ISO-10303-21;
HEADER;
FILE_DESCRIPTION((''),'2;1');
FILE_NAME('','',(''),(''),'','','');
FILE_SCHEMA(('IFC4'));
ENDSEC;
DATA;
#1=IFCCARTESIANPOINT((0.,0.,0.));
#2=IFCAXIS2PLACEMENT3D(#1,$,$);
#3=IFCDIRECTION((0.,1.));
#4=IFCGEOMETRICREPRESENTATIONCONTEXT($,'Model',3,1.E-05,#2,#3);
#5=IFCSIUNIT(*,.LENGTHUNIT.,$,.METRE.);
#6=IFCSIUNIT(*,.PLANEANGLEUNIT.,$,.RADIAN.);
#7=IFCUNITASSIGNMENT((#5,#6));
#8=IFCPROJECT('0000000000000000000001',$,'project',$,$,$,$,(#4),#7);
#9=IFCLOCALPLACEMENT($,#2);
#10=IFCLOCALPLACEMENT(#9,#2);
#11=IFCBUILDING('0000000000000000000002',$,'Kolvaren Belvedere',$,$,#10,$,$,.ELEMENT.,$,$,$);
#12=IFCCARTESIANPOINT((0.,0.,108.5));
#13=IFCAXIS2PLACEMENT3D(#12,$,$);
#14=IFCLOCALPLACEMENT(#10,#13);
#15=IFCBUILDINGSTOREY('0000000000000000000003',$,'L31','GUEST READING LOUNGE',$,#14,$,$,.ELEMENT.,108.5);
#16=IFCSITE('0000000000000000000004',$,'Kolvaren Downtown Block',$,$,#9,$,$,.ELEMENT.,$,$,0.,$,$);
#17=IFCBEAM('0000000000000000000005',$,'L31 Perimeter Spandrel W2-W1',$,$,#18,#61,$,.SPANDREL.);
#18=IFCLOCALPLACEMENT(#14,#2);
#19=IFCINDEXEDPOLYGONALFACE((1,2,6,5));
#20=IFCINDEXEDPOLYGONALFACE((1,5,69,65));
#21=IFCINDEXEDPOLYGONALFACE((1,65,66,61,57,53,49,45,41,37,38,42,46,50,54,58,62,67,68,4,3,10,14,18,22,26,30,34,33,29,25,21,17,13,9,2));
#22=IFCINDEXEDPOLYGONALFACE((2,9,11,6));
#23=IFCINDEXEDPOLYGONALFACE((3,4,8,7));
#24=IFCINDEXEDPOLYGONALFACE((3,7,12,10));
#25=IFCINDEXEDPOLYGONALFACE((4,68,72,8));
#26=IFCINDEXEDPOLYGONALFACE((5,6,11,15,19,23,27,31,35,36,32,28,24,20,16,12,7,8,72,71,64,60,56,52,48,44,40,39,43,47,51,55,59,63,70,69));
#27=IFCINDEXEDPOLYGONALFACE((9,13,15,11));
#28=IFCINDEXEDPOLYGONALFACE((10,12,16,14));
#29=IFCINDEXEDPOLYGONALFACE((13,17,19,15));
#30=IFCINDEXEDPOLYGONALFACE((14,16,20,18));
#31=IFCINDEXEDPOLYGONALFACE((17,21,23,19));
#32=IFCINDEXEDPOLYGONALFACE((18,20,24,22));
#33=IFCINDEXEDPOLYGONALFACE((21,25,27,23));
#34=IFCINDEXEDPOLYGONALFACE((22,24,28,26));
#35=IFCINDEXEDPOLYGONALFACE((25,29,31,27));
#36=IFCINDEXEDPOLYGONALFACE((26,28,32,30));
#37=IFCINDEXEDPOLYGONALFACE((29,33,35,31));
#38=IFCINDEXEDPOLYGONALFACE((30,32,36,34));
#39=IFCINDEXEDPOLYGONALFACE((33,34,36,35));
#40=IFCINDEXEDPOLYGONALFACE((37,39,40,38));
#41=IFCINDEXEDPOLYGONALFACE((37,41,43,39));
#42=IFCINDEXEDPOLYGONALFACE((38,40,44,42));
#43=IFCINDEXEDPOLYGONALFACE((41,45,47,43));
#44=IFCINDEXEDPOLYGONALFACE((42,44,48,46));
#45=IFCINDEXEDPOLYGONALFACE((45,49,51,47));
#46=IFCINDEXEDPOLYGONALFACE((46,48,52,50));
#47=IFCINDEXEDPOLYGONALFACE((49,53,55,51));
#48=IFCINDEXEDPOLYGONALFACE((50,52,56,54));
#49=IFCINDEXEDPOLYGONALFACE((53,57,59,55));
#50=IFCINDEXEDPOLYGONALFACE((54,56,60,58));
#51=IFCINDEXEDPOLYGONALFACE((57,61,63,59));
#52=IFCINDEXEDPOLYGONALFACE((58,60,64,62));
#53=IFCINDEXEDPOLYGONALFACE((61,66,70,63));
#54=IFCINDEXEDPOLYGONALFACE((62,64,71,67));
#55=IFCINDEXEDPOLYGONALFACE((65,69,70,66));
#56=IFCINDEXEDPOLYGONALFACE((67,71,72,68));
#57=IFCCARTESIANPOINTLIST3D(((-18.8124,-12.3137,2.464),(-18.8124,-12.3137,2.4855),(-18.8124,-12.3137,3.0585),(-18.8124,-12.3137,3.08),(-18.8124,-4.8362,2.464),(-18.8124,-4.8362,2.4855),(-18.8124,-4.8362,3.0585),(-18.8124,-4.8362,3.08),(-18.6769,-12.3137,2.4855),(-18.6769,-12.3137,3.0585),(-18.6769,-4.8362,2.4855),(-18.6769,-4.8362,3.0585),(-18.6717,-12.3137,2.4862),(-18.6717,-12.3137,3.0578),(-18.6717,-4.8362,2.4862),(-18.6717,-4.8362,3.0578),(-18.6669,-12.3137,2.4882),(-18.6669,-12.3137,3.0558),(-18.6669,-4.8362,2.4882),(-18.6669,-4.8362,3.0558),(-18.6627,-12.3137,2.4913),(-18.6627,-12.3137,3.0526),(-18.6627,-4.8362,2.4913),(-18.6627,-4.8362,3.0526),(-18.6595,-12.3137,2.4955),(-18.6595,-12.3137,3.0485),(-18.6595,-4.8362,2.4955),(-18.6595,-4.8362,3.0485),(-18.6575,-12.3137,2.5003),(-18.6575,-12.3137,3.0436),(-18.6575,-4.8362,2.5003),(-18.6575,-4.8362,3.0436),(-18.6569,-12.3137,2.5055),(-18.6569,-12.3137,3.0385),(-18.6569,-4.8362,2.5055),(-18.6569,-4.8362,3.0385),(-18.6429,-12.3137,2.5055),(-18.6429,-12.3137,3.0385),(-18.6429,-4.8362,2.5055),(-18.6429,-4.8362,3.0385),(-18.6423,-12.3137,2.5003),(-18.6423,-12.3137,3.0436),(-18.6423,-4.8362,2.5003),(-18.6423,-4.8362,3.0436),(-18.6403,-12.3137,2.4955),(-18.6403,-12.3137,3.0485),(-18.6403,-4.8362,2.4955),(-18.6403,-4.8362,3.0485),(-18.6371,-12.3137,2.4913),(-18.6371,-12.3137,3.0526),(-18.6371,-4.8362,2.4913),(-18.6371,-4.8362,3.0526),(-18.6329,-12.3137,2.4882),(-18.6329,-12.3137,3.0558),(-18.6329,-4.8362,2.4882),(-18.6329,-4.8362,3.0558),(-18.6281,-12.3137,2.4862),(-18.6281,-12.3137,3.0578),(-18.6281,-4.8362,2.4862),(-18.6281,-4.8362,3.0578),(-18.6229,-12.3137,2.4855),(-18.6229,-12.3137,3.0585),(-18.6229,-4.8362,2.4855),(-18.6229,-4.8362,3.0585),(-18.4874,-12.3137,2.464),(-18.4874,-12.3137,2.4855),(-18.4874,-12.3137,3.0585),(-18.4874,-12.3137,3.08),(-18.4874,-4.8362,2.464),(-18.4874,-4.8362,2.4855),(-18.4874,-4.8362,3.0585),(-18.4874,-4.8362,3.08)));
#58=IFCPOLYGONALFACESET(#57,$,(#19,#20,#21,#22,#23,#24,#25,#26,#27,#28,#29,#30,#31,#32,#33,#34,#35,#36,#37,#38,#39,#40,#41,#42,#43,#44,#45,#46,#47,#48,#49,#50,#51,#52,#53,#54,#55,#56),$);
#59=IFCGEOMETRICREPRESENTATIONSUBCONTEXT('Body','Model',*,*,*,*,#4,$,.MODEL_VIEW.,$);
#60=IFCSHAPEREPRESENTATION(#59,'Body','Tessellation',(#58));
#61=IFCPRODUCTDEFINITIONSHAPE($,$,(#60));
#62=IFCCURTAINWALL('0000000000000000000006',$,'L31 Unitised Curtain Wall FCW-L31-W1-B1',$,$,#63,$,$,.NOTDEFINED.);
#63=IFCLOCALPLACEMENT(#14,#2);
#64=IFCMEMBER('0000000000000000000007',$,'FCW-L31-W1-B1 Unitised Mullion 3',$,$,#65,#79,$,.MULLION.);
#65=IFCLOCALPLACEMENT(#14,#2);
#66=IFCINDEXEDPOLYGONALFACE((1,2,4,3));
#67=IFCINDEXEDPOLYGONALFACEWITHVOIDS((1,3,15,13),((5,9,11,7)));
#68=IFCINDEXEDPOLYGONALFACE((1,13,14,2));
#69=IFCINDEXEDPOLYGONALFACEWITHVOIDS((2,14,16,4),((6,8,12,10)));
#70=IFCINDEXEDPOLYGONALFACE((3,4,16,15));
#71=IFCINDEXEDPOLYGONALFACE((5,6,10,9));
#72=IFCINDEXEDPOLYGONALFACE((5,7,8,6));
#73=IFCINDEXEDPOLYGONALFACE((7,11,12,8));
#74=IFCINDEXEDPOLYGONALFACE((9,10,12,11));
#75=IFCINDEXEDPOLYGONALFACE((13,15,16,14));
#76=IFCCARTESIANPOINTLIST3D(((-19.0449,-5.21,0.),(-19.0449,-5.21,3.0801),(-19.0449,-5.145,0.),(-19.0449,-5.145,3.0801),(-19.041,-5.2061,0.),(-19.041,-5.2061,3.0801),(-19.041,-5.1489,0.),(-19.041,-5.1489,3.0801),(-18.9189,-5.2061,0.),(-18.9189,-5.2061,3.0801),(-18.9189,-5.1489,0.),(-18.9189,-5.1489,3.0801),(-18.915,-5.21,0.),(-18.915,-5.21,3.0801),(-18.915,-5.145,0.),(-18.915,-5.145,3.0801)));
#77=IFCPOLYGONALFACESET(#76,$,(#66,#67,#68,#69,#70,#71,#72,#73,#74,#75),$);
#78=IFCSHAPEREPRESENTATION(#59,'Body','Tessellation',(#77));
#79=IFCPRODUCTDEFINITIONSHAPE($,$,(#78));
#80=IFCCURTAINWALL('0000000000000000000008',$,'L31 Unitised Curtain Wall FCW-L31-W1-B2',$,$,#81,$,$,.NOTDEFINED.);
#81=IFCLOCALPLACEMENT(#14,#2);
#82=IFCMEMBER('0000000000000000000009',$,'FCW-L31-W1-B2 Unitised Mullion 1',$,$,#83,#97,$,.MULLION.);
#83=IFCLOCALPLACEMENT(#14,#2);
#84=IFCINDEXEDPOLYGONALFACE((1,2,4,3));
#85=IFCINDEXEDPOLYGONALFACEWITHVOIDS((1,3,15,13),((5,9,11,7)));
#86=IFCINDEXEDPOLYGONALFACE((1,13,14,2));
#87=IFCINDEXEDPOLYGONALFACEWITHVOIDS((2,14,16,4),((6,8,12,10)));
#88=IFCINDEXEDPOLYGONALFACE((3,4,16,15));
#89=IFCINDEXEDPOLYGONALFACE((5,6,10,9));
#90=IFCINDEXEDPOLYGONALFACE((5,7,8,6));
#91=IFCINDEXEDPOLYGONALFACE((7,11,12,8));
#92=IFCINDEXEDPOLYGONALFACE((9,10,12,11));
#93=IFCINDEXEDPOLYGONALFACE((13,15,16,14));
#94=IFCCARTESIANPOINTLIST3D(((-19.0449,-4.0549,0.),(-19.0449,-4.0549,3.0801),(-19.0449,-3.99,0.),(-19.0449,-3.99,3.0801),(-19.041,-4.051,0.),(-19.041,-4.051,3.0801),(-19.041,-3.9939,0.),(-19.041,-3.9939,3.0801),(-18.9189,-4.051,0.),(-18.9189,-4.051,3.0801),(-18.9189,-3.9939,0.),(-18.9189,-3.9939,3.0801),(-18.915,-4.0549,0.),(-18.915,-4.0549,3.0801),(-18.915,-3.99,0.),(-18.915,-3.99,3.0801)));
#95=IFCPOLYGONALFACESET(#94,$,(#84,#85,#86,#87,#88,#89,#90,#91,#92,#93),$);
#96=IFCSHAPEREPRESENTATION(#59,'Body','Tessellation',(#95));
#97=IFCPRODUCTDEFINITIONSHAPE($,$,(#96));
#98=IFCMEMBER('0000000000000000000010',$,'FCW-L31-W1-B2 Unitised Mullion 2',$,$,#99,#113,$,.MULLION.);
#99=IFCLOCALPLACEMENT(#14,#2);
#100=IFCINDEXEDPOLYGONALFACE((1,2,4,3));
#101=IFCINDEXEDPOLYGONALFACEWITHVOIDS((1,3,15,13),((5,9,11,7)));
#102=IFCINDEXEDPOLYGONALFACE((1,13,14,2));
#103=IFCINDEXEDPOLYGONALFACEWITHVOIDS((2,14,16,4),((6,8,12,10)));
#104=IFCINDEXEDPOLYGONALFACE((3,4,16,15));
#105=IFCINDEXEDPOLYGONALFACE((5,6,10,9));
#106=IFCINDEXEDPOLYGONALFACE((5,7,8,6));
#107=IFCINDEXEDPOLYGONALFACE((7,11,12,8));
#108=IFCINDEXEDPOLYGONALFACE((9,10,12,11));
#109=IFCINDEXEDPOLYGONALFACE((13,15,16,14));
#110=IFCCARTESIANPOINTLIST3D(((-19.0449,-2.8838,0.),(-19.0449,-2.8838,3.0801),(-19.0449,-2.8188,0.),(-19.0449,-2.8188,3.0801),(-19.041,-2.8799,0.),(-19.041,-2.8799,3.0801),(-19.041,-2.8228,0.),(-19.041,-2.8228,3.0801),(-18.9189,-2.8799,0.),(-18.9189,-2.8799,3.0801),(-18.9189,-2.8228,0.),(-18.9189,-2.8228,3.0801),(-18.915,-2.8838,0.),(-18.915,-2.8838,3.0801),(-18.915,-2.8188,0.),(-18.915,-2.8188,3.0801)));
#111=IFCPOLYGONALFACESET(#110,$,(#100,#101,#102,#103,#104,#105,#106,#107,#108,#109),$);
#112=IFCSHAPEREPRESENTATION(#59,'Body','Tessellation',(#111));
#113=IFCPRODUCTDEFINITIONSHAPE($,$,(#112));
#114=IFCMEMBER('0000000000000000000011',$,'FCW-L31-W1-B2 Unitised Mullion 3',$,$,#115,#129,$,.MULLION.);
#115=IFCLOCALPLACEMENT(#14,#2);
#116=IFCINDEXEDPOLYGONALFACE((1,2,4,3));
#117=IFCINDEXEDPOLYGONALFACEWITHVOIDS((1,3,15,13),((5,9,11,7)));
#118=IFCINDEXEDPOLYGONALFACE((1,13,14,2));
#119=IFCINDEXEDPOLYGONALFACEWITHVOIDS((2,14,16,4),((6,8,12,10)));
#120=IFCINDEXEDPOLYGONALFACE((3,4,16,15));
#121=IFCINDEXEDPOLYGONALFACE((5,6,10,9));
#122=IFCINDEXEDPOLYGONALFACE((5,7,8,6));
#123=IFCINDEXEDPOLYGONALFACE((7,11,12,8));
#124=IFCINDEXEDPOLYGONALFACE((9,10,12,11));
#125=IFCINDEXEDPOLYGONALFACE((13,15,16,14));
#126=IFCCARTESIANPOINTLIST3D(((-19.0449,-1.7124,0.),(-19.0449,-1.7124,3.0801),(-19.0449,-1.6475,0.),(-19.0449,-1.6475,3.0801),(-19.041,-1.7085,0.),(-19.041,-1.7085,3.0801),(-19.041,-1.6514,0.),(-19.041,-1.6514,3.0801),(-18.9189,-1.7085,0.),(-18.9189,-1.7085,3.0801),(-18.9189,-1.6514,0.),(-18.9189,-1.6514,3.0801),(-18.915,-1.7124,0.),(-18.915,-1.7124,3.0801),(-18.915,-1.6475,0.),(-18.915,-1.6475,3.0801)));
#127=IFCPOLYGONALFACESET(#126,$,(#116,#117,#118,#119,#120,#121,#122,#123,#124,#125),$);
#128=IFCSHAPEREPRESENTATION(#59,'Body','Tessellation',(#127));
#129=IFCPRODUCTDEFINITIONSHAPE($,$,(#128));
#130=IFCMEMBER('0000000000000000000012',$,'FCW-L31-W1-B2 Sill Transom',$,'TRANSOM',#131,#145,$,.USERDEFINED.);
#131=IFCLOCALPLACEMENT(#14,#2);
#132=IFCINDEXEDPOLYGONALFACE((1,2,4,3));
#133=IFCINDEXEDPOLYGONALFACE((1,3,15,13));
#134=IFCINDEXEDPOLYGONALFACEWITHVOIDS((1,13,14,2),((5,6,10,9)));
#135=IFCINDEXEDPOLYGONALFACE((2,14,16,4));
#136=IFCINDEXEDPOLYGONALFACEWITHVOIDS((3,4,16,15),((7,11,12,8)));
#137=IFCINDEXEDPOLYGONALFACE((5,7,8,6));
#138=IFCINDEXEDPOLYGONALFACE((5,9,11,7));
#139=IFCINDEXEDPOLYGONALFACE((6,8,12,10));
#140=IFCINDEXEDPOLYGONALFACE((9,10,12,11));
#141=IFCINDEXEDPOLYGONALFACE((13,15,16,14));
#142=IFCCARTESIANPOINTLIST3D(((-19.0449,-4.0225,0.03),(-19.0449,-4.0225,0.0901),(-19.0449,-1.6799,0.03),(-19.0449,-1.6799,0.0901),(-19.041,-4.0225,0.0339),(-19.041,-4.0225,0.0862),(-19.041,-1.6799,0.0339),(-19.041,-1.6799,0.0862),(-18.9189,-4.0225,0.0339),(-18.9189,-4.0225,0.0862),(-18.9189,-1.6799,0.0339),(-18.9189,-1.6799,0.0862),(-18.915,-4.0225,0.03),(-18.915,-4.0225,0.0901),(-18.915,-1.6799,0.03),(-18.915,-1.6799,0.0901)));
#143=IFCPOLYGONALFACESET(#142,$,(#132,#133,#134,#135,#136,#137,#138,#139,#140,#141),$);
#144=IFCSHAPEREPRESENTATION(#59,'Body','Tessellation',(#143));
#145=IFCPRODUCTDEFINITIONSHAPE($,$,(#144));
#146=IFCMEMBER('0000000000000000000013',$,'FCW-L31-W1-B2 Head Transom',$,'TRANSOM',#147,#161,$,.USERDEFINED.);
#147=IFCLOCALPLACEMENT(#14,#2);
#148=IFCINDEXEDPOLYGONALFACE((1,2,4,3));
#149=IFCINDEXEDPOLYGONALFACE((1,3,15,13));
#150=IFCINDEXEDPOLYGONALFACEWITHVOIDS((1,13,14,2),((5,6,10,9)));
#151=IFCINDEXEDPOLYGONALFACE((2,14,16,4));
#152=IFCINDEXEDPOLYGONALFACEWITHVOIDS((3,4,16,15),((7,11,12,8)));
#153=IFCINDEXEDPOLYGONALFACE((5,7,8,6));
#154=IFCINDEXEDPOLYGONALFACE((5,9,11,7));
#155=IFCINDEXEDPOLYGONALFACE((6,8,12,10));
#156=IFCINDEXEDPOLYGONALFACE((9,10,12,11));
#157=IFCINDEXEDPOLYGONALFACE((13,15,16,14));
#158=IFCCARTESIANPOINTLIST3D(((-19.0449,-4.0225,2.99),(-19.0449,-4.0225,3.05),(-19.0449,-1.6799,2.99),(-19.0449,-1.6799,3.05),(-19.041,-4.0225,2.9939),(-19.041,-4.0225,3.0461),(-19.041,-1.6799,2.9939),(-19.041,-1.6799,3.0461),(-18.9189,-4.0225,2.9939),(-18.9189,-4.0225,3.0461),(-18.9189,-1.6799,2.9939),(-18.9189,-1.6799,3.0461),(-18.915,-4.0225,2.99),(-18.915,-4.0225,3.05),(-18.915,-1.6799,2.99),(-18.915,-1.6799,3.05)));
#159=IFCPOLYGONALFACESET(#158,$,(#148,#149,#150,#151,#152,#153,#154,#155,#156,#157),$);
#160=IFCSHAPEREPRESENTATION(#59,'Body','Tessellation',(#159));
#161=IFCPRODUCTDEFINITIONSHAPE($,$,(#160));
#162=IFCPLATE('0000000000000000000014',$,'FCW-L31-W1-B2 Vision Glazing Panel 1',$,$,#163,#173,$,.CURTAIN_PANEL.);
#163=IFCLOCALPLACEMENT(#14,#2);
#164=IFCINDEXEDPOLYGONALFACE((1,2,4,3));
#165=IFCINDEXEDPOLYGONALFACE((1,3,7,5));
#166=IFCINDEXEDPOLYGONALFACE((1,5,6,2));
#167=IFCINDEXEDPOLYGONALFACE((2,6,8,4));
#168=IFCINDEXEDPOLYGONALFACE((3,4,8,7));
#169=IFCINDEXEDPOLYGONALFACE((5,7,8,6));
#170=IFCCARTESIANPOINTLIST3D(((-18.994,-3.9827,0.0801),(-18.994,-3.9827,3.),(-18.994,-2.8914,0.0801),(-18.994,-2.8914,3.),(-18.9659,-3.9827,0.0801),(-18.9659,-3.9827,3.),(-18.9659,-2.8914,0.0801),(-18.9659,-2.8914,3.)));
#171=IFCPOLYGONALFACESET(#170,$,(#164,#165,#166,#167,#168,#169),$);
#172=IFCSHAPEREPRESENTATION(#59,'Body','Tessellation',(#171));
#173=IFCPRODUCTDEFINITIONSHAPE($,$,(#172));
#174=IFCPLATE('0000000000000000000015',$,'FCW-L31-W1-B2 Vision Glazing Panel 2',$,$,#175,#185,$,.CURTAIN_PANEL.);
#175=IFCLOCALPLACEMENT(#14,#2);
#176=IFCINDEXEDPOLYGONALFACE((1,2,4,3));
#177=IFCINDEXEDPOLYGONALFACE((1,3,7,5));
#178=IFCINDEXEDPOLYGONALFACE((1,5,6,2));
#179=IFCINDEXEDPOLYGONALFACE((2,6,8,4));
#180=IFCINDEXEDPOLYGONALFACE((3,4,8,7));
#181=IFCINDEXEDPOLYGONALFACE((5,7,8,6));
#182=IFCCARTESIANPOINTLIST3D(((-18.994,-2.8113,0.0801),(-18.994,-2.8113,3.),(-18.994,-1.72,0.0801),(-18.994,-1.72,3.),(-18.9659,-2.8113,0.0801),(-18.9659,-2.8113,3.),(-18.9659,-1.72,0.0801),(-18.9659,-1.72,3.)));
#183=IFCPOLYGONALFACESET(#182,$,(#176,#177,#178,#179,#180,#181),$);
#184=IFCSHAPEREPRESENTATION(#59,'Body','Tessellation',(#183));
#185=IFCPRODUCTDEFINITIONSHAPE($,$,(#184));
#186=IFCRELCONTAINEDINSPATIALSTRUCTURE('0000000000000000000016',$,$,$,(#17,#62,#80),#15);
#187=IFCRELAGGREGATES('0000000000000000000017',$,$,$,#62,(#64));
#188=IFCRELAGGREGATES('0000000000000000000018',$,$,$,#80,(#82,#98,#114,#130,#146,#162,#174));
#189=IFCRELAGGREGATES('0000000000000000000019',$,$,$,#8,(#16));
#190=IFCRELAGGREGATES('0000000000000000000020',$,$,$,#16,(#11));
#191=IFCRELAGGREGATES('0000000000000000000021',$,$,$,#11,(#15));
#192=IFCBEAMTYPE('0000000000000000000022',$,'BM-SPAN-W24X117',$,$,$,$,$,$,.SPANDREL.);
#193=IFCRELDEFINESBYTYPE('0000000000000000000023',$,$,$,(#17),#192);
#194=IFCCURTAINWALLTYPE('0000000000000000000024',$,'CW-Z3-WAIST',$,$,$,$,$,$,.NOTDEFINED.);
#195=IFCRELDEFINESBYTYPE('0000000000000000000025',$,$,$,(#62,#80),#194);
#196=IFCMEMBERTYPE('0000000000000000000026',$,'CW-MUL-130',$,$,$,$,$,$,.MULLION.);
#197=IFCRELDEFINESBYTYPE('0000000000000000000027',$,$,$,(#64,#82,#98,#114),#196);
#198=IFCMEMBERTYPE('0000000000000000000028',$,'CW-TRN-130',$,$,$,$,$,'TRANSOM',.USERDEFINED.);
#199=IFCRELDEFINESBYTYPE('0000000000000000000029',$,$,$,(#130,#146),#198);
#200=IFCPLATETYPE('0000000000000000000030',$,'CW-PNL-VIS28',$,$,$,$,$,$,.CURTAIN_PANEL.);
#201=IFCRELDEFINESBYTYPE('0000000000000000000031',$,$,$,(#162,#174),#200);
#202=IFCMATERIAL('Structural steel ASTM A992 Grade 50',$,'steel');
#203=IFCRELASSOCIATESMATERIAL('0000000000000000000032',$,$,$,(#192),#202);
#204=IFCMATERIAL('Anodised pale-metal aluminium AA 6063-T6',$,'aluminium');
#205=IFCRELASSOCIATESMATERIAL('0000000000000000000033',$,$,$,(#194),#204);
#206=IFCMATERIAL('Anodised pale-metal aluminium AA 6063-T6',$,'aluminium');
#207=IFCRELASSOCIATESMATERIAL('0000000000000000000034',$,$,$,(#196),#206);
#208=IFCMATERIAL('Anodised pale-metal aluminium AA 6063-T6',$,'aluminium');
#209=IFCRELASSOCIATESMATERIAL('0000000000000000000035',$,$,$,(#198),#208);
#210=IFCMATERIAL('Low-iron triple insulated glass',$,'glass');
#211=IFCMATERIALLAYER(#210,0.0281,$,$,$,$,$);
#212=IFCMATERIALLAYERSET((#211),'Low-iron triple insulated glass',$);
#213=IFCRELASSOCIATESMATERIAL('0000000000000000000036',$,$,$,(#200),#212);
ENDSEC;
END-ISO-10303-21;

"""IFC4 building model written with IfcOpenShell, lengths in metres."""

from ifc_helpers import new_model, si_unit, direction, frame, origin, origin_2d, place, context, subcontext, project, spatial, rectangle, hollow_rectangle, i_section, extrude, material, layer, layer_set, material_profile, profile_set, type_object, element, aggregate, save


model = new_model("IFC4")

# Units and contexts
model_context = context("Model", 3, precision=1e-05, world=origin(), true_north=direction((0.0, 1.0)))
body_context = subcontext(model_context, "Body", "Model", "MODEL_VIEW")
ifc_project = project(units=[si_unit("LENGTHUNIT", "METRE"), si_unit("PLANEANGLEUNIT", "RADIAN")], contexts=[model_context])

# Site, building, storey
site_placement = place(None, origin())
site = spatial("IfcSite", under=ifc_project, at=site_placement, Name="Kolvaren Downtown Block", CompositionType="ELEMENT", RefElevation=0.0)
building_placement = place(site_placement, origin())
building = spatial("IfcBuilding", under=site, at=building_placement, Name="Kolvaren Belvedere", CompositionType="ELEMENT")
storey_placement = place(building_placement, frame((0.0, 0.0, 108.5)))
storey = spatial("IfcBuildingStorey", under=building, at=storey_placement, Name="L31", Description="GUEST READING LOUNGE", CompositionType="ELEMENT", Elevation=108.5)

# Beam
ifc_material_1 = material(Name="Structural steel ASTM A992 Grade 50", Category="steel")
ifc_material_profile_1 = material_profile(ifc_material_1, i_section(OverallWidth=0.325, OverallDepth=0.616, WebThickness=0.0139, FlangeThickness=0.0215, FilletRadius=0.02, at=origin_2d()), Name="W24X117")
ifc_profile_set_1 = profile_set([ifc_material_profile_1], Name="Structural steel ASTM A992 Grade 50")
beam_type_1 = type_object("IfcBeamType", Name="BM-SPAN-W24X117", PredefinedType="SPANDREL", material=ifc_profile_set_1)
beam_1_placement = place(storey_placement, frame((-18.6499, -4.8362, 2.772), z_axis=(0.0, -1.0, 0.0), x_axis=(1.0, 0.0, 0.0)))
element("IfcBeam", 1, at=beam_1_placement, inside=storey, type_object=beam_type_1, Name="L31 Perimeter Spandrel W2-W1", PredefinedType="SPANDREL", context=body_context, shape_type="SweptSolid", body=[
    extrude(i_section(OverallWidth=0.325, OverallDepth=0.616, WebThickness=0.0139, FlangeThickness=0.0215, FilletRadius=0.02, at=origin_2d()), origin(), (0.0, 0.0, 1.0), 7.4775),
])

# Curtain wall, member
ifc_material_2 = material(Name="Anodised pale-metal aluminium AA 6063-T6", Category="aluminium")
curtain_wall_type = type_object("IfcCurtainWallType", Name="CW-Z3-WAIST", PredefinedType="NOTDEFINED", material=ifc_material_2)
curtain_wall_1_placement = place(storey_placement, origin())
curtain_wall_1 = element("IfcCurtainWall", 2, at=curtain_wall_1_placement, inside=storey, type_object=curtain_wall_type, Name="L31 Unitised Curtain Wall FCW-L31-W1-B1", PredefinedType="NOTDEFINED")
ifc_material_3 = material(Name="Anodised pale-metal aluminium AA 6063-T6", Category="aluminium")
ifc_material_profile_2 = material_profile(ifc_material_3, hollow_rectangle(XDim=0.0649, YDim=0.1299, WallThickness=0.0039, at=origin_2d()), Name="ALU-MUL-130X65")
ifc_profile_set_2 = profile_set([ifc_material_profile_2], Name="Anodised pale-metal aluminium AA 6063-T6")
member_type_1 = type_object("IfcMemberType", Name="CW-MUL-130", PredefinedType="MULLION", material=ifc_profile_set_2)
member_1_placement = place(storey_placement, frame((-18.98, -5.1775, 0.0), z_axis=(0.0, 0.0, 1.0), x_axis=(0.0, 1.0, 0.0)))
member_1 = element("IfcMember", 3, at=member_1_placement, type_object=member_type_1, Name="FCW-L31-W1-B1 Unitised Mullion 3", PredefinedType="MULLION", context=body_context, shape_type="SweptSolid", body=[
    extrude(hollow_rectangle(XDim=0.0649, YDim=0.1299, WallThickness=0.0039, at=origin_2d()), origin(), (0.0, 0.0, 1.0), 3.0801),
])
aggregate(curtain_wall_1, [member_1])

# Curtain wall, members, plates
curtain_wall_2_placement = place(storey_placement, origin())
curtain_wall_2 = element("IfcCurtainWall", 4, at=curtain_wall_2_placement, inside=storey, type_object=curtain_wall_type, Name="L31 Unitised Curtain Wall FCW-L31-W1-B2", PredefinedType="NOTDEFINED")
member_2_placement = place(storey_placement, frame((-18.98, -4.0225, 0.0), z_axis=(0.0, 0.0, 1.0), x_axis=(0.0, 1.0, 0.0)))
member_2 = element("IfcMember", 5, at=member_2_placement, type_object=member_type_1, Name="FCW-L31-W1-B2 Unitised Mullion 1", PredefinedType="MULLION", context=body_context, shape_type="SweptSolid", body=[
    extrude(hollow_rectangle(XDim=0.0649, YDim=0.1299, WallThickness=0.0039, at=origin_2d()), origin(), (0.0, 0.0, 1.0), 3.0801),
])
member_3_placement = place(storey_placement, frame((-18.98, -2.8513, 0.0), z_axis=(0.0, 0.0, 1.0), x_axis=(0.0, 1.0, 0.0)))
member_3 = element("IfcMember", 6, at=member_3_placement, type_object=member_type_1, Name="FCW-L31-W1-B2 Unitised Mullion 2", PredefinedType="MULLION", context=body_context, shape_type="SweptSolid", body=[
    extrude(hollow_rectangle(XDim=0.0649, YDim=0.1299, WallThickness=0.0039, at=origin_2d()), origin(), (0.0, 0.0, 1.0), 3.0801),
])
member_4_placement = place(storey_placement, frame((-18.98, -1.6799, 0.0), z_axis=(0.0, 0.0, 1.0), x_axis=(0.0, 1.0, 0.0)))
member_4 = element("IfcMember", 7, at=member_4_placement, type_object=member_type_1, Name="FCW-L31-W1-B2 Unitised Mullion 3", PredefinedType="MULLION", context=body_context, shape_type="SweptSolid", body=[
    extrude(hollow_rectangle(XDim=0.0649, YDim=0.1299, WallThickness=0.0039, at=origin_2d()), origin(), (0.0, 0.0, 1.0), 3.0801),
])
ifc_material_4 = material(Name="Anodised pale-metal aluminium AA 6063-T6", Category="aluminium")
ifc_material_profile_3 = material_profile(ifc_material_4, hollow_rectangle(XDim=0.0601, YDim=0.1299, WallThickness=0.0039, at=origin_2d()), Name="ALU-TRN-130X60")
ifc_profile_set_3 = profile_set([ifc_material_profile_3], Name="Anodised pale-metal aluminium AA 6063-T6")
member_type_2 = type_object("IfcMemberType", Name="CW-TRN-130", ElementType="TRANSOM", PredefinedType="USERDEFINED", material=ifc_profile_set_3)
member_5_placement = place(storey_placement, frame((-18.98, -4.0225, 0.0601), z_axis=(0.0, 1.0, 0.0), x_axis=(0.0, 0.0, 1.0)))
member_5 = element("IfcMember", 8, at=member_5_placement, type_object=member_type_2, Name="FCW-L31-W1-B2 Sill Transom", ObjectType="TRANSOM", PredefinedType="USERDEFINED", context=body_context, shape_type="SweptSolid", body=[
    extrude(hollow_rectangle(XDim=0.0601, YDim=0.1299, WallThickness=0.0039, at=origin_2d()), origin(), (0.0, 0.0, 1.0), 2.3425),
])
member_6_placement = place(storey_placement, frame((-18.98, -4.0225, 3.02), z_axis=(0.0, 1.0, 0.0), x_axis=(0.0, 0.0, 1.0)))
member_6 = element("IfcMember", 9, at=member_6_placement, type_object=member_type_2, Name="FCW-L31-W1-B2 Head Transom", ObjectType="TRANSOM", PredefinedType="USERDEFINED", context=body_context, shape_type="SweptSolid", body=[
    extrude(hollow_rectangle(XDim=0.0601, YDim=0.1299, WallThickness=0.0039, at=origin_2d()), origin(), (0.0, 0.0, 1.0), 2.3425),
])
ifc_material_5 = material(Name="Low-iron triple insulated glass", Category="glass")
ifc_layer_1 = layer(ifc_material_5, 0.0281)
ifc_layer_set_1 = layer_set([ifc_layer_1], Name="Low-iron triple insulated glass")
plate_type_1 = type_object("IfcPlateType", Name="CW-PNL-VIS28", PredefinedType="CURTAIN_PANEL", material=ifc_layer_set_1)
plate_1_placement = place(storey_placement, frame((-18.98, -3.437, 0.0801), z_axis=(0.0, 0.0, 1.0), x_axis=(0.0, 1.0, 0.0)))
plate_1 = element("IfcPlate", 10, at=plate_1_placement, type_object=plate_type_1, Name="FCW-L31-W1-B2 Vision Glazing Panel 1", PredefinedType="CURTAIN_PANEL", context=body_context, shape_type="SweptSolid", body=[
    extrude(rectangle(XDim=1.0913, YDim=0.0281, at=origin_2d()), origin(), (0.0, 0.0, 1.0), 2.9199),
])
plate_2_placement = place(storey_placement, frame((-18.98, -2.2656, 0.0801), z_axis=(0.0, 0.0, 1.0), x_axis=(0.0, 1.0, 0.0)))
plate_2 = element("IfcPlate", 11, at=plate_2_placement, type_object=plate_type_1, Name="FCW-L31-W1-B2 Vision Glazing Panel 2", PredefinedType="CURTAIN_PANEL", context=body_context, shape_type="SweptSolid", body=[
    extrude(rectangle(XDim=1.0913, YDim=0.0281, at=origin_2d()), origin(), (0.0, 0.0, 1.0), 2.9199),
])
aggregate(curtain_wall_2, [member_2, member_3, member_4, member_5, member_6, plate_1, plate_2])

save(model, "model.ifc")
